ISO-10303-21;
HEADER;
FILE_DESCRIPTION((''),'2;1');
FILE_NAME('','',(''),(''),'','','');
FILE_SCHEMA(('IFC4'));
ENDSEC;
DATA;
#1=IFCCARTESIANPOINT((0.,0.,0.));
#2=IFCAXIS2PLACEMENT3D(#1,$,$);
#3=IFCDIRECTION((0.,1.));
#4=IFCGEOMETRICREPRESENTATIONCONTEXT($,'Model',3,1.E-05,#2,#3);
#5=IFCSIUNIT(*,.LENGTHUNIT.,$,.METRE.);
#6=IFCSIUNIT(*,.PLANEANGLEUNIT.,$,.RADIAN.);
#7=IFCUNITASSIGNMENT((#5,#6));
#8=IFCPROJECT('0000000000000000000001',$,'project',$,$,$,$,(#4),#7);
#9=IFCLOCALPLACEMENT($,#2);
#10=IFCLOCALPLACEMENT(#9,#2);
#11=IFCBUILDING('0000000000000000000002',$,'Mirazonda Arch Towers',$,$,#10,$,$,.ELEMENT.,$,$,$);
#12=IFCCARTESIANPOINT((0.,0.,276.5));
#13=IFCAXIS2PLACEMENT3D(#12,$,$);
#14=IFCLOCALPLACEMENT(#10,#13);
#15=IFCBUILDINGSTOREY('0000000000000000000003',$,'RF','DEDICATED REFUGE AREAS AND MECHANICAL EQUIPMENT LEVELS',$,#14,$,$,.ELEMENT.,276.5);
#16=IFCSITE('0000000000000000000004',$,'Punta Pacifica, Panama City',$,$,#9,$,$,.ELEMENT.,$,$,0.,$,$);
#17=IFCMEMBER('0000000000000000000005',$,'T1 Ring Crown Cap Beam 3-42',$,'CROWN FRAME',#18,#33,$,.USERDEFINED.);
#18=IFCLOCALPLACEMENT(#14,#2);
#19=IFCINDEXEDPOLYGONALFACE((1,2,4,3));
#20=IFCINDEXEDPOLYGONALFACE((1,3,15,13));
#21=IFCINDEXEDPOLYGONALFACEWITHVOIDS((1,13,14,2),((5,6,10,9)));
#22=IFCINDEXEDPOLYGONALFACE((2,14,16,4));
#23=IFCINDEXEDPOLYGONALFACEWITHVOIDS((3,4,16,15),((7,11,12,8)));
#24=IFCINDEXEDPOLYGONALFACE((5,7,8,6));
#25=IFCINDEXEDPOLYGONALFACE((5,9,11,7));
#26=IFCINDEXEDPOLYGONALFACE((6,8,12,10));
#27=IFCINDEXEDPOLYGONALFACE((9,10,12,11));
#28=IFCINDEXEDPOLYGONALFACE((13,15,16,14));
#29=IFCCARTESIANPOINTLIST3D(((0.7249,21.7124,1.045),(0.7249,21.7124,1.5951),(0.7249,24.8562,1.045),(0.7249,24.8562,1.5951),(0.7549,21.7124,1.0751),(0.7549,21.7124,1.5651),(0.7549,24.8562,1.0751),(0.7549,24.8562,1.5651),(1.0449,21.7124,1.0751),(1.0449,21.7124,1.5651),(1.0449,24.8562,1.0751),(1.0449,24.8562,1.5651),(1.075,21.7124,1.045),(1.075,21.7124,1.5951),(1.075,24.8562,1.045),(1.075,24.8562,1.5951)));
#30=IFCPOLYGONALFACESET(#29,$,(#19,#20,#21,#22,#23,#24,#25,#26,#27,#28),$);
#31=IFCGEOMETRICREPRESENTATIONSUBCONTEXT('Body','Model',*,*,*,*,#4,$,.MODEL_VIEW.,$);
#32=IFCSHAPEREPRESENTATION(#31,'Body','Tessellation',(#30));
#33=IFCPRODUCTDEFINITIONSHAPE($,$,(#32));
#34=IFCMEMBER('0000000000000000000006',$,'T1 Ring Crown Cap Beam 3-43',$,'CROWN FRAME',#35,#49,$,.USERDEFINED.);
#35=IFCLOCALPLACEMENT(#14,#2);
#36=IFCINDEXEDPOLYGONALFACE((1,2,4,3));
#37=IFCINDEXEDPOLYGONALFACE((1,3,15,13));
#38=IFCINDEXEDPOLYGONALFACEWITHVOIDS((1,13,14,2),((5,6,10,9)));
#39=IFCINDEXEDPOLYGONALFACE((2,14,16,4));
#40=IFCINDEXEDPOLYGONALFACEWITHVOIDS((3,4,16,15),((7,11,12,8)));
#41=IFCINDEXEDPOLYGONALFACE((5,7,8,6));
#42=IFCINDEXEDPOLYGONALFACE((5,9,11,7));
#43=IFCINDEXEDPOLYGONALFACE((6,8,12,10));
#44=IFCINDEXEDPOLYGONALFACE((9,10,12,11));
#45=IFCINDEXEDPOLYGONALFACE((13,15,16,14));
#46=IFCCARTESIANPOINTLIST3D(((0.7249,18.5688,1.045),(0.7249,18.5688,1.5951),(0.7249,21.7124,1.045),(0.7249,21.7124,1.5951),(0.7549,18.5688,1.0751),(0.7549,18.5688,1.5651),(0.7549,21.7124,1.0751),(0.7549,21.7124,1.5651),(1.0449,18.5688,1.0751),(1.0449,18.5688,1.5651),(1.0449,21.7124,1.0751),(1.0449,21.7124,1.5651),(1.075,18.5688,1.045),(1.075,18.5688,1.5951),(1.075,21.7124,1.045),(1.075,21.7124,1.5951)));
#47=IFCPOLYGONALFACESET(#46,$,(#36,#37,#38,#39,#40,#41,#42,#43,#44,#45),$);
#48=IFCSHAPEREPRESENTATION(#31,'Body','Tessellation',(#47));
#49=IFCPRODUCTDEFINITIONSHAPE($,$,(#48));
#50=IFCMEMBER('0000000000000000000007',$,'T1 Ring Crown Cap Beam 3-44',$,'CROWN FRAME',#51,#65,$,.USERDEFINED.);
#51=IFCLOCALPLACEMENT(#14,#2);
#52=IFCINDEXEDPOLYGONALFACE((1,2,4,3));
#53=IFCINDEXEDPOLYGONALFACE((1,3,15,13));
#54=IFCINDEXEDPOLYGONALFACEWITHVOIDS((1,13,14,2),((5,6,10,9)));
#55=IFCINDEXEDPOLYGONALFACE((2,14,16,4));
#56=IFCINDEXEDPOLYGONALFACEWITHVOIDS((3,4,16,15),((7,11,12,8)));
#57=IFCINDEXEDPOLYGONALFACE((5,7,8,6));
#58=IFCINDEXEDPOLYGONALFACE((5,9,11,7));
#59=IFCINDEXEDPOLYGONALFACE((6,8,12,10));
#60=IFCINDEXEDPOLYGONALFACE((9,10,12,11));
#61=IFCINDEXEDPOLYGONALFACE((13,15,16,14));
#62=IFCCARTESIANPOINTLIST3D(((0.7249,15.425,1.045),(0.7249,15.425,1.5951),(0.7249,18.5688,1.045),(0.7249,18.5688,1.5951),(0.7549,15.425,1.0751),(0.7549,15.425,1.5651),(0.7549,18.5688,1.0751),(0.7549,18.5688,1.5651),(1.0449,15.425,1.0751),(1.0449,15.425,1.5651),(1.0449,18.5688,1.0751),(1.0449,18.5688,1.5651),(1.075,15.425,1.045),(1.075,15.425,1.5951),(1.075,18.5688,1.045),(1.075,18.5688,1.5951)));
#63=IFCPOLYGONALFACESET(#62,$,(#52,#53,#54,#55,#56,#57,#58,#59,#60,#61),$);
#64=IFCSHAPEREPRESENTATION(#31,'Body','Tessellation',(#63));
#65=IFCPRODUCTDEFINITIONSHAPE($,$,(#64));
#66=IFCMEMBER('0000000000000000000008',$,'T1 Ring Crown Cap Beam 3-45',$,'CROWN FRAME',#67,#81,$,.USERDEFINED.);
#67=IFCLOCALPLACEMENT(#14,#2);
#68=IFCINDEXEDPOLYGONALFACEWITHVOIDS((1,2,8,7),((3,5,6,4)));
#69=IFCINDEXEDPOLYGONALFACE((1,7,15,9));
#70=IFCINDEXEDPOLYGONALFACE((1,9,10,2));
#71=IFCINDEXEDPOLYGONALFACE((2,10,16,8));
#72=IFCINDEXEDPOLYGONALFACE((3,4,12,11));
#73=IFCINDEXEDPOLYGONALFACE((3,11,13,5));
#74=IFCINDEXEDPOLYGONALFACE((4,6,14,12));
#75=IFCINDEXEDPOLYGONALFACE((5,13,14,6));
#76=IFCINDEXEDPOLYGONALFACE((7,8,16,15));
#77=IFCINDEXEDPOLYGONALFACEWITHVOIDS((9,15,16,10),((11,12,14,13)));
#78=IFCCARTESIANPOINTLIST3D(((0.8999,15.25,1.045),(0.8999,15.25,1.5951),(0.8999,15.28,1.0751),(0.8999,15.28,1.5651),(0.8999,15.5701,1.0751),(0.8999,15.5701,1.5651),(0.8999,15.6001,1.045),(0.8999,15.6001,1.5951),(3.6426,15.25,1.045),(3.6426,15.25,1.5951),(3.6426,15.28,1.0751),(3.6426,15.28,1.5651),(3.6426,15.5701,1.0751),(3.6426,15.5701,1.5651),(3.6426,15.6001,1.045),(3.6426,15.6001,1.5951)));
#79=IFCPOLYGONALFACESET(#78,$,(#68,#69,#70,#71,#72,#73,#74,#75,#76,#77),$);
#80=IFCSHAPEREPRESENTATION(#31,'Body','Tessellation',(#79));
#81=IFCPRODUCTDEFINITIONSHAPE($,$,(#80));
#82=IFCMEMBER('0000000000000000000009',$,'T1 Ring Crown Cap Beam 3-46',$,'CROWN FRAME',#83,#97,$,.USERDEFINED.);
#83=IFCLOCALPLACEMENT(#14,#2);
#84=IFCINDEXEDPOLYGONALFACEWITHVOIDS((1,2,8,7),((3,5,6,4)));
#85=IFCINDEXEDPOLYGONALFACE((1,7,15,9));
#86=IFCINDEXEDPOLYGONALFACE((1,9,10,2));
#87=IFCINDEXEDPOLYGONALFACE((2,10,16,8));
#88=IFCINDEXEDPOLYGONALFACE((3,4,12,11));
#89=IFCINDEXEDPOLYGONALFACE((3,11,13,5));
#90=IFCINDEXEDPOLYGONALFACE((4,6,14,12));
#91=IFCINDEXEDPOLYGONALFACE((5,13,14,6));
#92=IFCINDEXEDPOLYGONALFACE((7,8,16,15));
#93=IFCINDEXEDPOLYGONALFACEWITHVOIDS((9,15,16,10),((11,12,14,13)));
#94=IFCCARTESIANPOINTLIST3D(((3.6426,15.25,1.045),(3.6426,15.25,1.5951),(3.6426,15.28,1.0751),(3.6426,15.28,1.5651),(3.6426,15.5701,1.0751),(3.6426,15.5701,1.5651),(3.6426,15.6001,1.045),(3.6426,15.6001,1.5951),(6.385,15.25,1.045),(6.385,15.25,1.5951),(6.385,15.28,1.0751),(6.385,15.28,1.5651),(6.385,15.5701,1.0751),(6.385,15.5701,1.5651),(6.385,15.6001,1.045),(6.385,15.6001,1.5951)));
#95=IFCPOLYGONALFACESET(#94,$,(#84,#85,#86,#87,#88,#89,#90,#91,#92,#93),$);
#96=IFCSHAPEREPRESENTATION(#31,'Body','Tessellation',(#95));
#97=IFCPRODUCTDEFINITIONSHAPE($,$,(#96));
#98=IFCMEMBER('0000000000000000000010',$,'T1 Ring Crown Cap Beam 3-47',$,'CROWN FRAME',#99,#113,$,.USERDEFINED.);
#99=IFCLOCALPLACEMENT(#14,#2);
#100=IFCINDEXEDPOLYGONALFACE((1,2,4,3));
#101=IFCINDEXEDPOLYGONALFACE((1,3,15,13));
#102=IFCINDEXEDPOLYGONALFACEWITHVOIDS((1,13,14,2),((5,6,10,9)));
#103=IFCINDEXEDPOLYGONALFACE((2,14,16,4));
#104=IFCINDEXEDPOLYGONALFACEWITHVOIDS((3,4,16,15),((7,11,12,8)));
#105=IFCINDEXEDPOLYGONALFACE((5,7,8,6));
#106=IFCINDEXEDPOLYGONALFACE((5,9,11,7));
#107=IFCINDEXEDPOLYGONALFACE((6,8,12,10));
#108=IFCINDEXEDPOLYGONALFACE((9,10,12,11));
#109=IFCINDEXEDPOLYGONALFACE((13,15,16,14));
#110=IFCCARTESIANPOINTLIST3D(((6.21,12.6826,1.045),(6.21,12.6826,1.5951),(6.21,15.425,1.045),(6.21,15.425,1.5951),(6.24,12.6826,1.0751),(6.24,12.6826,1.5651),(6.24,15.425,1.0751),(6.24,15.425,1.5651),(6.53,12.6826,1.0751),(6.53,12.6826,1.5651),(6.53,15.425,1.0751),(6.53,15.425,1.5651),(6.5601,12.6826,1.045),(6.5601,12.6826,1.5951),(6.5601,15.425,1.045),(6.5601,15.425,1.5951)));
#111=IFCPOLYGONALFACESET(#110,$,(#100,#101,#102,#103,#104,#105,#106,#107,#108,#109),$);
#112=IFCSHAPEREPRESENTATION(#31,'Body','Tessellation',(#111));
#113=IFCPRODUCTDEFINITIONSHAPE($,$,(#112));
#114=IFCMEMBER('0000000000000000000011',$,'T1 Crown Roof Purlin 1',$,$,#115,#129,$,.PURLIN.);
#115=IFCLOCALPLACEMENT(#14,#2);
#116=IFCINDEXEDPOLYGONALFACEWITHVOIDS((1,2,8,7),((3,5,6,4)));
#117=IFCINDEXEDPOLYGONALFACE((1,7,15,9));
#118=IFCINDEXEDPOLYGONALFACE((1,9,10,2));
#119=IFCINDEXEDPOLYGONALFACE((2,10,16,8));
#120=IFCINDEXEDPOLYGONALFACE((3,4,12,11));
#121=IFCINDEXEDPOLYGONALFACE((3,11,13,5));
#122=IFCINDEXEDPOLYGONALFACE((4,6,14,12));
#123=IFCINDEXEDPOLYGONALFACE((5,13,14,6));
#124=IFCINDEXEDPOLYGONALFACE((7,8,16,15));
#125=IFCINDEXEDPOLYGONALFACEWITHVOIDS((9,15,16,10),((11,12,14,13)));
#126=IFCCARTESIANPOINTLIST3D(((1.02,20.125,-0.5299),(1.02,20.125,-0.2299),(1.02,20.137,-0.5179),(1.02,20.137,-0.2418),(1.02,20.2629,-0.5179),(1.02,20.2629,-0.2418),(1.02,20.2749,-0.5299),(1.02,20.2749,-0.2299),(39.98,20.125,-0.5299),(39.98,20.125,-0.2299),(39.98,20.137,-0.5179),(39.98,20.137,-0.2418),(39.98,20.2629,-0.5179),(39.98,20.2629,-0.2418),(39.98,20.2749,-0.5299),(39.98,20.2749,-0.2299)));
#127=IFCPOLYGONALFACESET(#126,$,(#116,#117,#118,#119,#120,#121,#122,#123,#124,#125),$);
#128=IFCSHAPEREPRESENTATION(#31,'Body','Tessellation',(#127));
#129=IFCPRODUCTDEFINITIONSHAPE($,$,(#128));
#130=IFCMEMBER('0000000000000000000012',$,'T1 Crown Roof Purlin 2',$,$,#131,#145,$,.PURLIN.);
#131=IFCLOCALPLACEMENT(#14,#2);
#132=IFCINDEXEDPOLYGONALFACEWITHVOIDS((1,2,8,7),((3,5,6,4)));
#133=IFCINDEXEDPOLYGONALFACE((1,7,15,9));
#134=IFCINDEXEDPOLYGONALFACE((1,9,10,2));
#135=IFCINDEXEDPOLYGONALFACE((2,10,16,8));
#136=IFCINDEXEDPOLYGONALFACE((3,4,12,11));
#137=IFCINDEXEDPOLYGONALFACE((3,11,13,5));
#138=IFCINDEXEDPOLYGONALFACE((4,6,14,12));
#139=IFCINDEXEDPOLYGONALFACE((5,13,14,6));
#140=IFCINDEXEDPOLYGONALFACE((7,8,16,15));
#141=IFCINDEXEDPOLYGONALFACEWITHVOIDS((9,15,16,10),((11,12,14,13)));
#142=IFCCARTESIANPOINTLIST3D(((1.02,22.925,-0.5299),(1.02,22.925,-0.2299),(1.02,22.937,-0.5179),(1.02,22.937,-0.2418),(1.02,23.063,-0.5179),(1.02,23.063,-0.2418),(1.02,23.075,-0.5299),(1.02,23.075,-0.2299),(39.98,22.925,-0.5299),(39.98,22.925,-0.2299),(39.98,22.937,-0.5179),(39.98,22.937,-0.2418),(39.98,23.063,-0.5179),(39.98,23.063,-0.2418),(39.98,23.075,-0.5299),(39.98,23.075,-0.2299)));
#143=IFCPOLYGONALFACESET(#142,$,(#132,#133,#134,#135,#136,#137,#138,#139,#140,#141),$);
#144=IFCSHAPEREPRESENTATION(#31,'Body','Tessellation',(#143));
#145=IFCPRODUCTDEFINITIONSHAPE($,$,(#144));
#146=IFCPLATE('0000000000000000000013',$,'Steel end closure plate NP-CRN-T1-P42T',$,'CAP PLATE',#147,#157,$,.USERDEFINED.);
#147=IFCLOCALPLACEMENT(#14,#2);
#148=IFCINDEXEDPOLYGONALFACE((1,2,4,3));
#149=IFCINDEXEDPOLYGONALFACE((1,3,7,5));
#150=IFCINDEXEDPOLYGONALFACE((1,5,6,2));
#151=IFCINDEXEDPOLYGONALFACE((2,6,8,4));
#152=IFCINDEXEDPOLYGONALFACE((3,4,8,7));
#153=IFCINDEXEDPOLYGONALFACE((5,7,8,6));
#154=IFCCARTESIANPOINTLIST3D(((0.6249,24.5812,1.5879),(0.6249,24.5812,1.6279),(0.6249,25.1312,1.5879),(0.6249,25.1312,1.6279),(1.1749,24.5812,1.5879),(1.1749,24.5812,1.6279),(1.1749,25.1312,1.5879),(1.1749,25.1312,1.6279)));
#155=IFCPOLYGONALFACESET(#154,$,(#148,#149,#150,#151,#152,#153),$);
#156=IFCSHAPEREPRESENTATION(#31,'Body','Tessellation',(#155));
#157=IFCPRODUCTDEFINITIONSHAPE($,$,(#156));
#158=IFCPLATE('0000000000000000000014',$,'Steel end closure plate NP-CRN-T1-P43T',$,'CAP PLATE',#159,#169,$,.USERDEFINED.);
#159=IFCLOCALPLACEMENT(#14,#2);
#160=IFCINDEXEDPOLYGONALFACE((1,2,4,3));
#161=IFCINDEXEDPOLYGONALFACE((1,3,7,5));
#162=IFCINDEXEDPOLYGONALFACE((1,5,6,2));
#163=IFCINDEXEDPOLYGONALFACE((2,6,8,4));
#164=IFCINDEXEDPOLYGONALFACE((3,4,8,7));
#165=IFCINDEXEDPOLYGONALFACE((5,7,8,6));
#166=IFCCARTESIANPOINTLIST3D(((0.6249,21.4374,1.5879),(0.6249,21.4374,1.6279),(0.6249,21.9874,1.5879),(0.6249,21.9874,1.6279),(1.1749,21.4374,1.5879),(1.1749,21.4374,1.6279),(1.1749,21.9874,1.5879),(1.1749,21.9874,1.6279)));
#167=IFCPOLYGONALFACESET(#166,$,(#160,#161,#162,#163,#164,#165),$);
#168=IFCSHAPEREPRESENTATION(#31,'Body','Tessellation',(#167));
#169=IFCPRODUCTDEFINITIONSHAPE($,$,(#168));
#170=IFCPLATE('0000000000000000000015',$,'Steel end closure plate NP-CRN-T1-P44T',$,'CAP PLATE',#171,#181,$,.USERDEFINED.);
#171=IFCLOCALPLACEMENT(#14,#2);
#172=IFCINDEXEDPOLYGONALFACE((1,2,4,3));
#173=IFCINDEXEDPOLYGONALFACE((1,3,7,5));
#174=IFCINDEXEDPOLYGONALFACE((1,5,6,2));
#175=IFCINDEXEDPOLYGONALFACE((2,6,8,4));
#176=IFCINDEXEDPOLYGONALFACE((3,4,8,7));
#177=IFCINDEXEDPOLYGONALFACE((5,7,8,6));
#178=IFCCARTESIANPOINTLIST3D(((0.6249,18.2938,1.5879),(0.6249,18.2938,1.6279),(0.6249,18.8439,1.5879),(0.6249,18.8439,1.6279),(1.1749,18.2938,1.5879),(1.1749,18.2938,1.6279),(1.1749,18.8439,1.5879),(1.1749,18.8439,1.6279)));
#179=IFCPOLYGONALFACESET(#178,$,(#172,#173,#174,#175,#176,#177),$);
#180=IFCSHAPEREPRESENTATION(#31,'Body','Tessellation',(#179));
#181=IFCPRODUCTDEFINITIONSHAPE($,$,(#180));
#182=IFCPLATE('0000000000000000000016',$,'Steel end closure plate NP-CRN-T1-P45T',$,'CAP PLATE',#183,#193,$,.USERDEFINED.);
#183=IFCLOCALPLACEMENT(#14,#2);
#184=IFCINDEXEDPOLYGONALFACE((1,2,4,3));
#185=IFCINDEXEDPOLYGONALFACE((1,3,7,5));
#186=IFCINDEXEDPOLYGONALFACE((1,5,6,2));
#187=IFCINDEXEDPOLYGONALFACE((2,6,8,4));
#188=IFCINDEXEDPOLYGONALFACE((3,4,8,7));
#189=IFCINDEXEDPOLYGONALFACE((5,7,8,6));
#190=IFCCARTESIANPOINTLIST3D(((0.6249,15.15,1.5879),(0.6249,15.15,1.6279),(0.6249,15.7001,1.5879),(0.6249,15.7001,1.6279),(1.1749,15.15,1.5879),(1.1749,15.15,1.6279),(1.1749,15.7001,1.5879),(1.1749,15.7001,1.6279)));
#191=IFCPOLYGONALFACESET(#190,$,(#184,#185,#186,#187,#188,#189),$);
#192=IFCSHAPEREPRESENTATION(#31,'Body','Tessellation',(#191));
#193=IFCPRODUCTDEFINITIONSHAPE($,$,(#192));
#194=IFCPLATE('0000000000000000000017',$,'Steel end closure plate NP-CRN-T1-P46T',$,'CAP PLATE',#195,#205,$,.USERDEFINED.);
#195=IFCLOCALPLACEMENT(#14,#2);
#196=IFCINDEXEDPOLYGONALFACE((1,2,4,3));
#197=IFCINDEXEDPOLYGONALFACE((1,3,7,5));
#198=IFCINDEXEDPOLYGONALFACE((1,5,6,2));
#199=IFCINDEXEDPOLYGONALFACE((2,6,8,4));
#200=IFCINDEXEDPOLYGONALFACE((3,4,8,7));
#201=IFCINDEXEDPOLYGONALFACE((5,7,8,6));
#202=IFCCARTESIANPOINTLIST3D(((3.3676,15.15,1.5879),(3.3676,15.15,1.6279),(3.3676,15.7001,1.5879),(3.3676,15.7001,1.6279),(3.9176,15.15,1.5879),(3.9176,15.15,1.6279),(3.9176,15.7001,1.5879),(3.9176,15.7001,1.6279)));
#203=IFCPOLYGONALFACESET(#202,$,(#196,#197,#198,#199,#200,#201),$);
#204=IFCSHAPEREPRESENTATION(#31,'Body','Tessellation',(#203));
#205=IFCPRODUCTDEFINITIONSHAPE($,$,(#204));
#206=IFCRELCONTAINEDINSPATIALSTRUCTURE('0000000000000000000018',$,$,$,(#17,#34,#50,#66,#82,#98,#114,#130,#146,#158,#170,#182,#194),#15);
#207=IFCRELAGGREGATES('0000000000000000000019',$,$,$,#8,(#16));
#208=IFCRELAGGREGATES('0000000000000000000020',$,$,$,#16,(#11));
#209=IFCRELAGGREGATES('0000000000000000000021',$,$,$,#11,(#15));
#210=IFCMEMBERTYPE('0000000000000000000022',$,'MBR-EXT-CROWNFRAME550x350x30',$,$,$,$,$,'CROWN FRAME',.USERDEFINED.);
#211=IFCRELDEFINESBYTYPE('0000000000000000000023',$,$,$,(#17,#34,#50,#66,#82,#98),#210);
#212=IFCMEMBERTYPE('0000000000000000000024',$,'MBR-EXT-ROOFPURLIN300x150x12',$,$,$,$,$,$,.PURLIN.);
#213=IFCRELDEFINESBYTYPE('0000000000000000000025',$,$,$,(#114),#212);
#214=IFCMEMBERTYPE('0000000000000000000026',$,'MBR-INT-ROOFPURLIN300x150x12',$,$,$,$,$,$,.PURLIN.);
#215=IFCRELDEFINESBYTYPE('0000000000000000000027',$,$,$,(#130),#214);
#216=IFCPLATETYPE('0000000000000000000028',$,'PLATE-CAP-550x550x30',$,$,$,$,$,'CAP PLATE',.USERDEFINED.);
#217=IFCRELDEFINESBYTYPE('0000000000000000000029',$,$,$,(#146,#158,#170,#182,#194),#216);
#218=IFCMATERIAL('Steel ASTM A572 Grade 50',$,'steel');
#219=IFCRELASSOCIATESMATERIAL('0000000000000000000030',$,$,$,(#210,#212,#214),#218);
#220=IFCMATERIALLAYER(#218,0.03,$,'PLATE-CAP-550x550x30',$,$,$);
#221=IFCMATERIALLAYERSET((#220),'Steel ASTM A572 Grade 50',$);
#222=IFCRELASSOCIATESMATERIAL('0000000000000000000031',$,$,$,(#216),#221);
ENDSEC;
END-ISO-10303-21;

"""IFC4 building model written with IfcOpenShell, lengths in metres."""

from ifc_helpers import new_model, si_unit, direction, frame, origin, origin_2d, place, context, subcontext, project, spatial, rectangle, hollow_rectangle, extrude, material, layer, layer_set, material_profile, profile_set, type_object, element, save


model = new_model("IFC4")

# Units and contexts
model_context = context("Model", 3, precision=1e-05, world=origin(), true_north=direction((0.0, 1.0)))
body_context = subcontext(model_context, "Body", "Model", "MODEL_VIEW")
ifc_project = project(units=[si_unit("LENGTHUNIT", "METRE"), si_unit("PLANEANGLEUNIT", "RADIAN")], contexts=[model_context])

# Site, building, storey
site_placement = place(None, origin())
site = spatial("IfcSite", under=ifc_project, at=site_placement, Name="Punta Pacifica, Panama City", CompositionType="ELEMENT", RefElevation=0.0)
building_placement = place(site_placement, origin())
building = spatial("IfcBuilding", under=site, at=building_placement, Name="Mirazonda Arch Towers", CompositionType="ELEMENT")
storey_placement = place(building_placement, frame((0.0, 0.0, 276.5)))
storey = spatial("IfcBuildingStorey", under=building, at=storey_placement, Name="RF", Description="DEDICATED REFUGE AREAS AND MECHANICAL EQUIPMENT LEVELS", CompositionType="ELEMENT", Elevation=276.5)

# Members
ifc_material_1 = material(Name="Steel ASTM A572 Grade 50", Category="steel")
ifc_material_profile_1 = material_profile(ifc_material_1, hollow_rectangle(XDim=0.3501, YDim=0.55, WallThickness=0.03, at=origin_2d()), Name="CROWNFRAME550x350x30")
ifc_profile_set_1 = profile_set([ifc_material_profile_1], Name="Steel ASTM A572 Grade 50")
member_type_1 = type_object("IfcMemberType", Name="MBR-EXT-CROWNFRAME550x350x30", ElementType="CROWN FRAME", PredefinedType="USERDEFINED", material=ifc_profile_set_1)
member_1_placement = place(storey_placement, frame((0.8999, 24.8562, 1.3201), z_axis=(0.0, -1.0, 0.0), x_axis=(1.0, 0.0, 0.0)))
element("IfcMember", 1, at=member_1_placement, inside=storey, type_object=member_type_1, Name="T1 Ring Crown Cap Beam 3-42", ObjectType="CROWN FRAME", PredefinedType="USERDEFINED", context=body_context, shape_type="SweptSolid", body=[
    extrude(hollow_rectangle(XDim=0.3501, YDim=0.55, WallThickness=0.03, at=origin_2d()), origin(), (0.0, 0.0, 1.0), 3.1438),
])
member_2_placement = place(storey_placement, frame((0.8999, 21.7124, 1.3201), z_axis=(0.0, -1.0, 0.0), x_axis=(1.0, 0.0, 0.0)))
element("IfcMember", 2, at=member_2_placement, inside=storey, type_object=member_type_1, Name="T1 Ring Crown Cap Beam 3-43", ObjectType="CROWN FRAME", PredefinedType="USERDEFINED", context=body_context, shape_type="SweptSolid", body=[
    extrude(hollow_rectangle(XDim=0.3501, YDim=0.55, WallThickness=0.03, at=origin_2d()), origin(), (0.0, 0.0, 1.0), 3.1436),
])
member_3_placement = place(storey_placement, frame((0.8999, 18.5688, 1.3201), z_axis=(0.0, -1.0, 0.0), x_axis=(1.0, 0.0, 0.0)))
element("IfcMember", 3, at=member_3_placement, inside=storey, type_object=member_type_1, Name="T1 Ring Crown Cap Beam 3-44", ObjectType="CROWN FRAME", PredefinedType="USERDEFINED", context=body_context, shape_type="SweptSolid", body=[
    extrude(hollow_rectangle(XDim=0.3501, YDim=0.55, WallThickness=0.03, at=origin_2d()), origin(), (0.0, 0.0, 1.0), 3.1438),
])
member_4_placement = place(storey_placement, frame((0.8999, 15.425, 1.3201), z_axis=(1.0, 0.0, 0.0), x_axis=(0.0, 1.0, 0.0)))
element("IfcMember", 4, at=member_4_placement, inside=storey, type_object=member_type_1, Name="T1 Ring Crown Cap Beam 3-45", ObjectType="CROWN FRAME", PredefinedType="USERDEFINED", context=body_context, shape_type="SweptSolid", body=[
    extrude(hollow_rectangle(XDim=0.3501, YDim=0.55, WallThickness=0.03, at=origin_2d()), origin(), (0.0, 0.0, 1.0), 2.7427),
])
for number, where, z_axis, x_axis, name in (
    (5, (3.6426, 15.425, 1.3201), (1.0, 0.0, 0.0), (0.0, 1.0, 0.0), "T1 Ring Crown Cap Beam 3-46"),
    (6, (6.385, 15.425, 1.3201), (0.0, -1.0, 0.0), (1.0, 0.0, 0.0), "T1 Ring Crown Cap Beam 3-47"),
):
    element("IfcMember", number, at=place(storey_placement, frame(where, z_axis=z_axis, x_axis=x_axis)), inside=storey, type_object=member_type_1, Name=name, ObjectType="CROWN FRAME", PredefinedType="USERDEFINED", context=body_context, shape_type="SweptSolid", body=[
        extrude(hollow_rectangle(XDim=0.3501, YDim=0.55, WallThickness=0.03, at=origin_2d()), origin(), (0.0, 0.0, 1.0), 2.7424),
    ])
ifc_material_profile_2 = material_profile(ifc_material_1, hollow_rectangle(XDim=0.1499, YDim=0.3, WallThickness=0.012, at=origin_2d()), Name="ROOFPURLIN300x150x12")
ifc_profile_set_2 = profile_set([ifc_material_profile_2], Name="Steel ASTM A572 Grade 50")
member_type_2 = type_object("IfcMemberType", Name="MBR-EXT-ROOFPURLIN300x150x12", PredefinedType="PURLIN", material=ifc_profile_set_2)
member_5_placement = place(storey_placement, frame((1.02, 20.2, -0.3799), z_axis=(1.0, 0.0, 0.0), x_axis=(0.0, 1.0, 0.0)))
element("IfcMember", 7, at=member_5_placement, inside=storey, type_object=member_type_2, Name="T1 Crown Roof Purlin 1", PredefinedType="PURLIN", context=body_context, shape_type="SweptSolid", body=[
    extrude(hollow_rectangle(XDim=0.1499, YDim=0.3, WallThickness=0.012, at=origin_2d()), origin(), (0.0, 0.0, 1.0), 38.96),
])
ifc_material_profile_3 = material_profile(ifc_material_1, hollow_rectangle(XDim=0.1499, YDim=0.3, WallThickness=0.012, at=origin_2d()), Name="ROOFPURLIN300x150x12")
ifc_profile_set_3 = profile_set([ifc_material_profile_3], Name="Steel ASTM A572 Grade 50")
member_type_3 = type_object("IfcMemberType", Name="MBR-INT-ROOFPURLIN300x150x12", PredefinedType="PURLIN", material=ifc_profile_set_3)
member_6_placement = place(storey_placement, frame((1.02, 23.0, -0.3799), z_axis=(1.0, 0.0, 0.0), x_axis=(0.0, 1.0, 0.0)))
element("IfcMember", 8, at=member_6_placement, inside=storey, type_object=member_type_3, Name="T1 Crown Roof Purlin 2", PredefinedType="PURLIN", context=body_context, shape_type="SweptSolid", body=[
    extrude(hollow_rectangle(XDim=0.1499, YDim=0.3, WallThickness=0.012, at=origin_2d()), origin(), (0.0, 0.0, 1.0), 38.96),
])

# Plates
ifc_layer_1 = layer(ifc_material_1, 0.03, Name="PLATE-CAP-550x550x30")
ifc_layer_set_1 = layer_set([ifc_layer_1], Name="Steel ASTM A572 Grade 50")
plate_type = type_object("IfcPlateType", Name="PLATE-CAP-550x550x30", ElementType="CAP PLATE", PredefinedType="USERDEFINED", material=ifc_layer_set_1)
for number, where, z_axis, x_axis, name in (
    (9, (0.8999, 24.8562, 1.5879), (0.0, 0.0, 1.0), (1.0, 0.0, 0.0), "Steel end closure plate NP-CRN-T1-P42T"),
    (10, (0.8999, 21.7124, 1.5879), (0.0, 0.0, 1.0), (1.0, 0.0, 0.0), "Steel end closure plate NP-CRN-T1-P43T"),
    (11, (0.8999, 18.5688, 1.5879), (0.0, 0.0, 1.0), (1.0, 0.0, 0.0), "Steel end closure plate NP-CRN-T1-P44T"),
    (12, (0.8999, 15.425, 1.5879), (0.0, 0.0, 1.0), (1.0, 0.0, 0.0), "Steel end closure plate NP-CRN-T1-P45T"),
    (13, (3.6426, 15.425, 1.5879), (0.0, 0.0, 1.0), (1.0, 0.0, 0.0), "Steel end closure plate NP-CRN-T1-P46T"),
):
    element("IfcPlate", number, at=place(storey_placement, frame(where, z_axis=z_axis, x_axis=x_axis)), inside=storey, type_object=plate_type, Name=name, ObjectType="CAP PLATE", PredefinedType="USERDEFINED", context=body_context, shape_type="SweptSolid", body=[
        extrude(rectangle(XDim=0.55, YDim=0.55, at=origin_2d()), origin(), (0.0, 0.0, 1.0), 0.04),
    ])

save(model, "model.ifc")
